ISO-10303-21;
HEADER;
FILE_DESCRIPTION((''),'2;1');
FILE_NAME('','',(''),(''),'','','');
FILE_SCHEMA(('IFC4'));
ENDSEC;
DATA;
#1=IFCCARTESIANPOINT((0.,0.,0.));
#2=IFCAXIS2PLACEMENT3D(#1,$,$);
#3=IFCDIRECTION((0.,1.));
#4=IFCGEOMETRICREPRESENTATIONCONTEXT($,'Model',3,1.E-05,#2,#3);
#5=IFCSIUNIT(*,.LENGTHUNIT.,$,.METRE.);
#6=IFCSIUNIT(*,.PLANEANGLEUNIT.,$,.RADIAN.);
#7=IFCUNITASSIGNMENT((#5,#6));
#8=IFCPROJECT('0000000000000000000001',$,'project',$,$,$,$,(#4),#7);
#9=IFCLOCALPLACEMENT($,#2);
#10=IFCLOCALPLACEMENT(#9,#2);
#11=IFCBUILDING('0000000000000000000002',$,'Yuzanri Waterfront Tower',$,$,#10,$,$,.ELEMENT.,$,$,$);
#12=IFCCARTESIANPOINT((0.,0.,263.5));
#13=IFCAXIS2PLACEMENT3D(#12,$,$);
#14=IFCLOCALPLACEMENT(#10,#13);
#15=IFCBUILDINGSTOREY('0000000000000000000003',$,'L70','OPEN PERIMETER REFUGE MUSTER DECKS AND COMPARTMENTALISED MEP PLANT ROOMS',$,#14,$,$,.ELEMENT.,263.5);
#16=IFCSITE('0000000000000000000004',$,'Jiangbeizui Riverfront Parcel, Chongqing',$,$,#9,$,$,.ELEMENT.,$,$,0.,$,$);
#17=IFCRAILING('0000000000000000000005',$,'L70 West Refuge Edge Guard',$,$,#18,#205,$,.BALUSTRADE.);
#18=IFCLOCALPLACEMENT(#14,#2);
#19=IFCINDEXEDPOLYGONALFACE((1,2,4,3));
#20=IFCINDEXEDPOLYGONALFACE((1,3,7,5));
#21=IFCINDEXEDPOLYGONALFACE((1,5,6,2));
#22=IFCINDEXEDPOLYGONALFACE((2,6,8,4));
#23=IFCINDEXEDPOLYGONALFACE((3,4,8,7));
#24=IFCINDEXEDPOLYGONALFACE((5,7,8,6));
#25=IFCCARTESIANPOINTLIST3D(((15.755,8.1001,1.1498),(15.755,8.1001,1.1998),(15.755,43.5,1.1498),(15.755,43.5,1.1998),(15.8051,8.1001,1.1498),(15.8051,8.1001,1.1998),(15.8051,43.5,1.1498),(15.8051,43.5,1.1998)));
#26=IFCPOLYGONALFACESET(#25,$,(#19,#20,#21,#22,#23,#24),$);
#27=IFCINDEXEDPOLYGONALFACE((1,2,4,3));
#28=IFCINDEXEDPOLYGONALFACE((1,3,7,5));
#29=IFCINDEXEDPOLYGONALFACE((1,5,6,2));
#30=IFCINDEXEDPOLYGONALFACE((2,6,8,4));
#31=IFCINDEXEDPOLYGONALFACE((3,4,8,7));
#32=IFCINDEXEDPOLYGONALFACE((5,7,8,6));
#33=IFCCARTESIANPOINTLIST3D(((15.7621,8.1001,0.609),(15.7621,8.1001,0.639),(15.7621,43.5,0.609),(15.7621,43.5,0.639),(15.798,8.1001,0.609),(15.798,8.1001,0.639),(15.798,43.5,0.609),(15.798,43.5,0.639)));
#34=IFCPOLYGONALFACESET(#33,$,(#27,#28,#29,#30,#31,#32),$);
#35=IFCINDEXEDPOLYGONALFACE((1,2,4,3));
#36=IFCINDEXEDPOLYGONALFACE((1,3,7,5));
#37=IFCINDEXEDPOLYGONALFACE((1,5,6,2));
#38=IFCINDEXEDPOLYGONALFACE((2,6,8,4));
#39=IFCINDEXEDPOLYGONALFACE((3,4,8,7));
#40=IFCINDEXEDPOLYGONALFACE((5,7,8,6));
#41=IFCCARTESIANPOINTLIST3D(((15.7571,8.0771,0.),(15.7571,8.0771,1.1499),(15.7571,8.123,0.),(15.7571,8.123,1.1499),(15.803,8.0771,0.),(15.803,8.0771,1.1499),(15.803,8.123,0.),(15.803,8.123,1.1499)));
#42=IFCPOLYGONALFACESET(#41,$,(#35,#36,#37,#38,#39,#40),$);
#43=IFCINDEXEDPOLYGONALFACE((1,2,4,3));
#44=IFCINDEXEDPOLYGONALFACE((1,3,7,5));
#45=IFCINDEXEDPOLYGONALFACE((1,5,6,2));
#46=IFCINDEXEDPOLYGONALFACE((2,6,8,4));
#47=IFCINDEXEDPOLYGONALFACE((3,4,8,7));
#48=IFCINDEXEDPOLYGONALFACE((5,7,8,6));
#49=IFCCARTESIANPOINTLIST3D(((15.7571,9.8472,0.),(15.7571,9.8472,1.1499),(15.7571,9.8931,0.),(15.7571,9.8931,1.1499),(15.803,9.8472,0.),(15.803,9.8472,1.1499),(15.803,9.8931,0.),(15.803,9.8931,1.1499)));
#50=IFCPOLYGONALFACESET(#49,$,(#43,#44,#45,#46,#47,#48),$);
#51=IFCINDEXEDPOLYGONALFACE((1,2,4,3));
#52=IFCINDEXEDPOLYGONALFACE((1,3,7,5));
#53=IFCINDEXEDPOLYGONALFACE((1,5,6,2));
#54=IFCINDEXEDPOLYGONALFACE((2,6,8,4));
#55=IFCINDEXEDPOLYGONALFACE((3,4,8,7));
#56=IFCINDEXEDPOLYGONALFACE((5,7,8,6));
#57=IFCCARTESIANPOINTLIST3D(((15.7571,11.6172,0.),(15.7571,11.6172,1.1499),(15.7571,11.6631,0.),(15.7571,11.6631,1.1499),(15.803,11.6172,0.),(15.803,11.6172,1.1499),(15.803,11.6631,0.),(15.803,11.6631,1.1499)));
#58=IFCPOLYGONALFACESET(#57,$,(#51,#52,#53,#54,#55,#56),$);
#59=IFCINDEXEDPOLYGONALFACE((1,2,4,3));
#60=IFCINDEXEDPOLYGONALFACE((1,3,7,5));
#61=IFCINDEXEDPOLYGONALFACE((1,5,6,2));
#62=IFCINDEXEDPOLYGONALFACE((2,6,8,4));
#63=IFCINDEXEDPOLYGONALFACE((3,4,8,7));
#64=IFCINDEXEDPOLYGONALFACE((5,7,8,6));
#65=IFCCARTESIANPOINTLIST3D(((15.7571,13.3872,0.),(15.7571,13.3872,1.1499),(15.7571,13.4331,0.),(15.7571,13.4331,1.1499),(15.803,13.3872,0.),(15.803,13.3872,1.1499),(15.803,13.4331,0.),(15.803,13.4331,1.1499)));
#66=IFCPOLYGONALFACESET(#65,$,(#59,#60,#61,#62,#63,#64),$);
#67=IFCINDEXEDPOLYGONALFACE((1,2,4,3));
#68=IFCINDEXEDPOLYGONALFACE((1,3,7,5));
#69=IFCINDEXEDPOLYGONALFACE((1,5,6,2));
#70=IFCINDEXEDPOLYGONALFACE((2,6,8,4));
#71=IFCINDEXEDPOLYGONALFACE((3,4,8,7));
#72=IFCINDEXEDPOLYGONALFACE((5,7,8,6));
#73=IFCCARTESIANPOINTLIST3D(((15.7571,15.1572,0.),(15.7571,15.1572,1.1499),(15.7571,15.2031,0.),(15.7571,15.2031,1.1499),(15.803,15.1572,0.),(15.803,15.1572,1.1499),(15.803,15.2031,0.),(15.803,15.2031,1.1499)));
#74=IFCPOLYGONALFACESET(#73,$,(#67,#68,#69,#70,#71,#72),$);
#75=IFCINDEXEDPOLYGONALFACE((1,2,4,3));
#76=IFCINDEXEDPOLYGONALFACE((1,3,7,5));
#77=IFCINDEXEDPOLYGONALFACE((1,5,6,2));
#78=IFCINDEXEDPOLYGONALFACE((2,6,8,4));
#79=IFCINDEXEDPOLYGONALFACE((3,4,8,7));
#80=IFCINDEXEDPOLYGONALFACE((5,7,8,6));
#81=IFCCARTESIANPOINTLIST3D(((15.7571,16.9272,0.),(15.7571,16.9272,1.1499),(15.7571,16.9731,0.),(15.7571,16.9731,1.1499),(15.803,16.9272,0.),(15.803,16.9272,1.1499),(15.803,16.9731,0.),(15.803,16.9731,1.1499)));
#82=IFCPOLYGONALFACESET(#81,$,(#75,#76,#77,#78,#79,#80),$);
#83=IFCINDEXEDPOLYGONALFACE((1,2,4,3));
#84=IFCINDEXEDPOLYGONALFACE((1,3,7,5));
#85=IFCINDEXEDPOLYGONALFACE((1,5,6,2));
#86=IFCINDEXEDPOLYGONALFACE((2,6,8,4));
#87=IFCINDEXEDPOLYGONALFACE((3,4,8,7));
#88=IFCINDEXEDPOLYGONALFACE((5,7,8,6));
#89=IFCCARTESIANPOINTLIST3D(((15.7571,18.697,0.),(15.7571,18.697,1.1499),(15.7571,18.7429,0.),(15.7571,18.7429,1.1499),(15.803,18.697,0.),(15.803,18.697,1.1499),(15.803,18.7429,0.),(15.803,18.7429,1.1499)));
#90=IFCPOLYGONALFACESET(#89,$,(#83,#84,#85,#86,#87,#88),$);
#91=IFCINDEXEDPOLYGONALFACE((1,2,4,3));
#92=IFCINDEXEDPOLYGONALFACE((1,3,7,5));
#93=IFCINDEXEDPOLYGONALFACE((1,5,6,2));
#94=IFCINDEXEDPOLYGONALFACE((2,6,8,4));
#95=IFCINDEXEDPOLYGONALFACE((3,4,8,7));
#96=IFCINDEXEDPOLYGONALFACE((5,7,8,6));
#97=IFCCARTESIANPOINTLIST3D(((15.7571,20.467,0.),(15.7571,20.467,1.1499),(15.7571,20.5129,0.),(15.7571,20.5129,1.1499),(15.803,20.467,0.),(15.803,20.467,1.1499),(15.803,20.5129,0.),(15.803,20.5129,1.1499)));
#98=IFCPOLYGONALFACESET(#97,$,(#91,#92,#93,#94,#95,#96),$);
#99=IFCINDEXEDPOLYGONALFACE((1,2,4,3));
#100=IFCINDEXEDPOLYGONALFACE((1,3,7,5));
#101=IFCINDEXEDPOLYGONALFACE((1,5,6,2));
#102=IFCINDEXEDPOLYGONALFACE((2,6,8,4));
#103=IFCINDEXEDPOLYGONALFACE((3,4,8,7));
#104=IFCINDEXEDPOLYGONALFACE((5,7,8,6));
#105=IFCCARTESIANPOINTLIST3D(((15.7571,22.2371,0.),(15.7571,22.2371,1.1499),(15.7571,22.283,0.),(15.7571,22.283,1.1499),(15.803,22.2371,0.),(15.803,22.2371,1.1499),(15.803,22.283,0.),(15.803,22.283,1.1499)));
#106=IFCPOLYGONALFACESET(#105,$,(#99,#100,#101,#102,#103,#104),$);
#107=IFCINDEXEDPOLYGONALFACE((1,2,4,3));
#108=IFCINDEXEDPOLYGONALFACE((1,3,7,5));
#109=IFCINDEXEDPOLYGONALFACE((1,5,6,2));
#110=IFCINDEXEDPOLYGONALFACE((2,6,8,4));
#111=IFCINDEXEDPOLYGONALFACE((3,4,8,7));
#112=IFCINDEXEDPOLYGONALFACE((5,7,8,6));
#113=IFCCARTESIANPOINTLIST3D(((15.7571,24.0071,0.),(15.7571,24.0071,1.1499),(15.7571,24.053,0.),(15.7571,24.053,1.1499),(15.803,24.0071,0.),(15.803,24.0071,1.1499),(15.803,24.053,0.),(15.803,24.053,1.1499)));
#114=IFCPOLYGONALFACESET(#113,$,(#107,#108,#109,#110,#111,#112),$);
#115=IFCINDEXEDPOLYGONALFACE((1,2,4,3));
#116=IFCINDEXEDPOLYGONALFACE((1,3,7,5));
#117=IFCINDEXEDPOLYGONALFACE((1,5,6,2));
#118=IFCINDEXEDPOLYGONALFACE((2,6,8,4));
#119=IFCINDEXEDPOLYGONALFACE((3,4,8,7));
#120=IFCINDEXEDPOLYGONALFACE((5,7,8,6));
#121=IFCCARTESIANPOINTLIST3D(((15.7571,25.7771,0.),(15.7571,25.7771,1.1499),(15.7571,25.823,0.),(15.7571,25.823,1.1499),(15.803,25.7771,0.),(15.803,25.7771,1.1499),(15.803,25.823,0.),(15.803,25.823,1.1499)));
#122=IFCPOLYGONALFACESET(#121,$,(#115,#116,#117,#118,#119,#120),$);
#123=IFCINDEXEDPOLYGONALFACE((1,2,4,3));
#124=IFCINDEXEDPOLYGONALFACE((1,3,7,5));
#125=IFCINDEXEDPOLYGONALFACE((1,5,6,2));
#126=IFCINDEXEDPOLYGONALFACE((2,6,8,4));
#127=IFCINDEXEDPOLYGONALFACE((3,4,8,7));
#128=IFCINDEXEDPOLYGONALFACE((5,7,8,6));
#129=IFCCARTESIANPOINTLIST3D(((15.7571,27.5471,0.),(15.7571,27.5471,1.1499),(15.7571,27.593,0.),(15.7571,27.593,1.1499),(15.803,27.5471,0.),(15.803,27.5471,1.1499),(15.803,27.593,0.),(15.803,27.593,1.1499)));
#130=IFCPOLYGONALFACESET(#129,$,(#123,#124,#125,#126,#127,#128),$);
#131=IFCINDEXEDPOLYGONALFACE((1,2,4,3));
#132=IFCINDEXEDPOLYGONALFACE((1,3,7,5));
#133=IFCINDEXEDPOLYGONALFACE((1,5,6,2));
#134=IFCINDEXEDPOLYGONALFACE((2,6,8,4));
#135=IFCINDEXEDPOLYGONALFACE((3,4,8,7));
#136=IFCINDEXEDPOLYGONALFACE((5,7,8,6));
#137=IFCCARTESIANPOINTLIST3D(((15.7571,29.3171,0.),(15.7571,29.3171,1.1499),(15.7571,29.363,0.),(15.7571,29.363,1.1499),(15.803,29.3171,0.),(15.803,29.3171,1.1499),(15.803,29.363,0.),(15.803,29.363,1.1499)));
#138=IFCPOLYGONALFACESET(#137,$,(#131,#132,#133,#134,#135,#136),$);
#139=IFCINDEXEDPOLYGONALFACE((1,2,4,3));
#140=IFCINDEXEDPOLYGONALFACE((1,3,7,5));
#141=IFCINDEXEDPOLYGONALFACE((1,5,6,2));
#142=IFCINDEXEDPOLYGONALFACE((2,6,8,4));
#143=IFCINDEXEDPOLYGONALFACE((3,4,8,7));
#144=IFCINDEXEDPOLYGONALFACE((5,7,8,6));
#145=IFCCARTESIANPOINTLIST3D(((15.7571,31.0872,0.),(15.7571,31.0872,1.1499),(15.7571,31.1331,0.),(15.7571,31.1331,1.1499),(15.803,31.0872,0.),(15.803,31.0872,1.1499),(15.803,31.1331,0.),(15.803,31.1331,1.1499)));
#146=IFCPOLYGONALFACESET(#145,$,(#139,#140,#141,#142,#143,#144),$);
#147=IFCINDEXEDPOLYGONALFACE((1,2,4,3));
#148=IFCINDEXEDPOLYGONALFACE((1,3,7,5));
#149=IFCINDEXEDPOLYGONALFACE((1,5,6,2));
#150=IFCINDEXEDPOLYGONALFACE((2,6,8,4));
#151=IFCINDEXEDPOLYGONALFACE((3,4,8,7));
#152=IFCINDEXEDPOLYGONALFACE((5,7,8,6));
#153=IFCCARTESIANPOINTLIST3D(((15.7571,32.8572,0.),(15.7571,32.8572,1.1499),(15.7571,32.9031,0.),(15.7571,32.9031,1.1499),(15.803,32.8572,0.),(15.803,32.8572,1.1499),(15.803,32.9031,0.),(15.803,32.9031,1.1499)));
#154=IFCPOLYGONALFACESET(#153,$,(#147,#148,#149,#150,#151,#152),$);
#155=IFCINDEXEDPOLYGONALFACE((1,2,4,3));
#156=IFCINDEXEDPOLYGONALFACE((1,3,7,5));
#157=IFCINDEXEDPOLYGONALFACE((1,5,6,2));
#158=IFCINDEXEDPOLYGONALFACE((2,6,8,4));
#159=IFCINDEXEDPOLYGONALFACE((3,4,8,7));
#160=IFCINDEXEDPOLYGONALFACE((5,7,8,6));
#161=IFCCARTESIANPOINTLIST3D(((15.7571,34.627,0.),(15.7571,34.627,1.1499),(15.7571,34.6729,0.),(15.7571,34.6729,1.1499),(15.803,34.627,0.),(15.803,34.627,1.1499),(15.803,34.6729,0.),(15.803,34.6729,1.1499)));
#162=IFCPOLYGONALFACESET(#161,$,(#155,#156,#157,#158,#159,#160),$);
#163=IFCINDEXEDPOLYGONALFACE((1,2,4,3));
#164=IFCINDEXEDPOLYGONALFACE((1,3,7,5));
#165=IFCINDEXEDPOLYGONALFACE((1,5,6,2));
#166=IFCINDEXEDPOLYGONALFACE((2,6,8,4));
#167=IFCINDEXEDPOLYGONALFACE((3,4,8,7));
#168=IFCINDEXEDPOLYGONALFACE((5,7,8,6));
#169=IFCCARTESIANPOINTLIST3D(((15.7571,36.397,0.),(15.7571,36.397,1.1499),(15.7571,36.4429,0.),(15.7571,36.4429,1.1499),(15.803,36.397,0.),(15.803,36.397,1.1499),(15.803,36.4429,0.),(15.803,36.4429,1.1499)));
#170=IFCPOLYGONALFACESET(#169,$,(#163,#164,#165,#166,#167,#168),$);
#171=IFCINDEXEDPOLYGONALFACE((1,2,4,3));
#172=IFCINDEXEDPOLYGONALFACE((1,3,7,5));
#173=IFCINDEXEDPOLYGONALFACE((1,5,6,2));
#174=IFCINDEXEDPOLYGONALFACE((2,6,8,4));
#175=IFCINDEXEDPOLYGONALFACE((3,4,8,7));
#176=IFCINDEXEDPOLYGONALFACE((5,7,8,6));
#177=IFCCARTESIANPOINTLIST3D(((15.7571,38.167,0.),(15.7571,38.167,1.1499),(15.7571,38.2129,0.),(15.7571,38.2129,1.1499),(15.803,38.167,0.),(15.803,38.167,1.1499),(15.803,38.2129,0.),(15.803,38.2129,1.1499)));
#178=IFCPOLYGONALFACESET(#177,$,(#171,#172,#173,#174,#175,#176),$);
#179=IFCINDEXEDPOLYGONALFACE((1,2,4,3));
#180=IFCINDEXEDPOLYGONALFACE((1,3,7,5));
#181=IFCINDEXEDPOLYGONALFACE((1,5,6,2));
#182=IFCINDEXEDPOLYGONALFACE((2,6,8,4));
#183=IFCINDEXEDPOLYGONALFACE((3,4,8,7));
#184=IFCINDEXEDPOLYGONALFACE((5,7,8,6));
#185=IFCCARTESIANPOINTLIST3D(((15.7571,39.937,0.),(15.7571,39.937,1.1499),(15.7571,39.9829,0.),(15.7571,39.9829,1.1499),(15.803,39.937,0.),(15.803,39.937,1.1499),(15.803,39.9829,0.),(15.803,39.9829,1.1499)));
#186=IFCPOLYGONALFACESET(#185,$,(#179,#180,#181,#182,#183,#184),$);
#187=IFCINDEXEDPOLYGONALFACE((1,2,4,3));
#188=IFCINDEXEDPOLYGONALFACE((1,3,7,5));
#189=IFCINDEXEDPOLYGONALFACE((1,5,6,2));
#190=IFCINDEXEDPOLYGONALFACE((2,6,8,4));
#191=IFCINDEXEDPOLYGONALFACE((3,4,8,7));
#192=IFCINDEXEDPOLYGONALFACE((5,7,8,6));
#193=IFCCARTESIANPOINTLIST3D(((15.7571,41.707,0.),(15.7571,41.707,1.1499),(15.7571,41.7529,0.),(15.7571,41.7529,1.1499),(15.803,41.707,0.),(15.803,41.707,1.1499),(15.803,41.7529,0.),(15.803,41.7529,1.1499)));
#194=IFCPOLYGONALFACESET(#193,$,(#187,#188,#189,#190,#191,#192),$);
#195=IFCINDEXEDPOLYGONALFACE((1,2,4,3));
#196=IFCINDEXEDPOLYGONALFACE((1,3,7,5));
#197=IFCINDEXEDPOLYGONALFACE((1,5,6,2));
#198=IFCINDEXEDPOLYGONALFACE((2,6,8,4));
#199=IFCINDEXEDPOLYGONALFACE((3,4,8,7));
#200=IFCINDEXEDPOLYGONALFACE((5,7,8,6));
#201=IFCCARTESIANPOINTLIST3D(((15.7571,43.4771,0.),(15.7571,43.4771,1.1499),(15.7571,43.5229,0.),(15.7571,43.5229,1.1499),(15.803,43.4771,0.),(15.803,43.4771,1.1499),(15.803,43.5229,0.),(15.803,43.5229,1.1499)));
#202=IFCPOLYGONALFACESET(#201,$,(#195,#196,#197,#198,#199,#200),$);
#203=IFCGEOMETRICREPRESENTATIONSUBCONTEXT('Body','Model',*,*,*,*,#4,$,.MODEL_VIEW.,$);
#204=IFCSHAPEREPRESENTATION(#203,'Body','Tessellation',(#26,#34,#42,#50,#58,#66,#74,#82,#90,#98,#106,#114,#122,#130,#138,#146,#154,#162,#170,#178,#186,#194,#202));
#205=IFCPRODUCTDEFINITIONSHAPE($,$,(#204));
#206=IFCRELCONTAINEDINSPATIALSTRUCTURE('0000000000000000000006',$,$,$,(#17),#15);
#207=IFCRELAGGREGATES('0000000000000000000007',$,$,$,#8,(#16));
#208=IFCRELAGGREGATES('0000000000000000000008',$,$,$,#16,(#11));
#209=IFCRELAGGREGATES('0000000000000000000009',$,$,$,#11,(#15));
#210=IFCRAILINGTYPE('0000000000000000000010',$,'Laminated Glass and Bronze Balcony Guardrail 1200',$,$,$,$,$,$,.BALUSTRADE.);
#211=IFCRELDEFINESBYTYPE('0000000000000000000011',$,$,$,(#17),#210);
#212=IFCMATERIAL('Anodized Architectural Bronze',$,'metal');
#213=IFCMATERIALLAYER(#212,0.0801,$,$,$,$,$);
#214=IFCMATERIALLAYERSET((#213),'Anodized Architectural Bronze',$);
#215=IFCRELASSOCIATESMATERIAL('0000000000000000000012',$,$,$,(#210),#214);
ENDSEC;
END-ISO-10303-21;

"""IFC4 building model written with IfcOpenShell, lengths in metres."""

from ifc_helpers import new_model, si_unit, direction, frame, origin, origin_2d, place, context, subcontext, project, spatial, rectangle, extrude, source, transform, mapped, material, layer, layer_set, type_object, element, save


model = new_model("IFC4")

# Units and contexts
model_context = context("Model", 3, precision=1e-05, world=origin(), true_north=direction((0.0, 1.0)))
body_context = subcontext(model_context, "Body", "Model", "MODEL_VIEW")
ifc_project = project(units=[si_unit("LENGTHUNIT", "METRE"), si_unit("PLANEANGLEUNIT", "RADIAN")], contexts=[model_context])

# Site, building, storey
site_placement = place(None, origin())
site = spatial("IfcSite", under=ifc_project, at=site_placement, Name="Jiangbeizui Riverfront Parcel, Chongqing", CompositionType="ELEMENT", RefElevation=0.0)
building_placement = place(site_placement, origin())
building = spatial("IfcBuilding", under=site, at=building_placement, Name="Yuzanri Waterfront Tower", CompositionType="ELEMENT")
storey_placement = place(building_placement, frame((0.0, 0.0, 263.5)))
storey = spatial("IfcBuildingStorey", under=building, at=storey_placement, Name="L70", Description="OPEN PERIMETER REFUGE MUSTER DECKS AND COMPARTMENTALISED MEP PLANT ROOMS", CompositionType="ELEMENT", Elevation=263.5)

# Railing
ifc_material_1 = material(Name="Anodized Architectural Bronze", Category="metal")
ifc_layer_1 = layer(ifc_material_1, 0.0801)
ifc_layer_set_1 = layer_set([ifc_layer_1], Name="Anodized Architectural Bronze")
railing_type = type_object("IfcRailingType", Name="Laminated Glass and Bronze Balcony Guardrail 1200", PredefinedType="BALUSTRADE", material=ifc_layer_set_1)
shared_shape_1 = source(origin(), body_context, "Body", "SweptSolid", [
    extrude(rectangle(XDim=0.05, YDim=0.05, at=origin_2d()), frame((0.0, 0.0, 1.1748), z_axis=(0.0, 1.0, 0.0), x_axis=(-1.0, 0.0, 0.0)), (0.0, 0.0, 1.0), 35.3999),
    extrude(rectangle(XDim=0.0359, YDim=0.03, at=origin_2d()), frame((0.0, 0.0, 0.624), z_axis=(0.0, 1.0, 0.0), x_axis=(-1.0, 0.0, 0.0)), (0.0, 0.0, 1.0), 35.3999),
    extrude(rectangle(XDim=0.0459, YDim=0.0459, at=origin_2d()), origin(), (0.0, 0.0, 1.0), 1.1499),
    extrude(rectangle(XDim=0.0459, YDim=0.0459, at=origin_2d()), frame((0.0, 1.77, 0.0)), (0.0, 0.0, 1.0), 1.1499),
    extrude(rectangle(XDim=0.0459, YDim=0.0459, at=origin_2d()), frame((0.0, 3.54, 0.0)), (0.0, 0.0, 1.0), 1.1499),
    extrude(rectangle(XDim=0.0459, YDim=0.0459, at=origin_2d()), frame((0.0, 5.3101, 0.0)), (0.0, 0.0, 1.0), 1.1499),
    extrude(rectangle(XDim=0.0459, YDim=0.0459, at=origin_2d()), frame((0.0, 7.0801, 0.0)), (0.0, 0.0, 1.0), 1.1499),
    extrude(rectangle(XDim=0.0459, YDim=0.0459, at=origin_2d()), frame((0.0, 8.8501, 0.0)), (0.0, 0.0, 1.0), 1.1499),
    extrude(rectangle(XDim=0.0459, YDim=0.0459, at=origin_2d()), frame((0.0, 10.6199, 0.0)), (0.0, 0.0, 1.0), 1.1499),
    extrude(rectangle(XDim=0.0459, YDim=0.0459, at=origin_2d()), frame((0.0, 12.3899, 0.0)), (0.0, 0.0, 1.0), 1.1499),
    extrude(rectangle(XDim=0.0459, YDim=0.0459, at=origin_2d()), frame((0.0, 14.1599, 0.0)), (0.0, 0.0, 1.0), 1.1499),
    extrude(rectangle(XDim=0.0459, YDim=0.0459, at=origin_2d()), frame((0.0, 15.9299, 0.0)), (0.0, 0.0, 1.0), 1.1499),
    extrude(rectangle(XDim=0.0459, YDim=0.0459, at=origin_2d()), frame((0.0, 17.7, 0.0)), (0.0, 0.0, 1.0), 1.1499),
    extrude(rectangle(XDim=0.0459, YDim=0.0459, at=origin_2d()), frame((0.0, 19.47, 0.0)), (0.0, 0.0, 1.0), 1.1499),
    extrude(rectangle(XDim=0.0459, YDim=0.0459, at=origin_2d()), frame((0.0, 21.24, 0.0)), (0.0, 0.0, 1.0), 1.1499),
    extrude(rectangle(XDim=0.0459, YDim=0.0459, at=origin_2d()), frame((0.0, 23.01, 0.0)), (0.0, 0.0, 1.0), 1.1499),
    extrude(rectangle(XDim=0.0459, YDim=0.0459, at=origin_2d()), frame((0.0, 24.78, 0.0)), (0.0, 0.0, 1.0), 1.1499),
    extrude(rectangle(XDim=0.0459, YDim=0.0459, at=origin_2d()), frame((0.0, 26.5498, 0.0)), (0.0, 0.0, 1.0), 1.1499),
    extrude(rectangle(XDim=0.0459, YDim=0.0459, at=origin_2d()), frame((0.0, 28.3198, 0.0)), (0.0, 0.0, 1.0), 1.1499),
    extrude(rectangle(XDim=0.0459, YDim=0.0459, at=origin_2d()), frame((0.0, 30.0898, 0.0)), (0.0, 0.0, 1.0), 1.1499),
    extrude(rectangle(XDim=0.0459, YDim=0.0459, at=origin_2d()), frame((0.0, 31.8599, 0.0)), (0.0, 0.0, 1.0), 1.1499),
    extrude(rectangle(XDim=0.0459, YDim=0.0459, at=origin_2d()), frame((0.0, 33.6299, 0.0)), (0.0, 0.0, 1.0), 1.1499),
    extrude(rectangle(XDim=0.0459, YDim=0.0459, at=origin_2d()), frame((0.0, 35.3999, 0.0)), (0.0, 0.0, 1.0), 1.1499),
])
railing_1_placement = place(storey_placement, frame((15.78, 8.1001, 0.0)))
element("IfcRailing", 1, at=railing_1_placement, inside=storey, type_object=railing_type, Name="L70 West Refuge Edge Guard", PredefinedType="BALUSTRADE", context=body_context, shape_type="MappedRepresentation", body=[
    mapped(shared_shape_1, transform((0.0, 0.0, 0.0), scale=1.0)),
])

save(model, "model.ifc")
